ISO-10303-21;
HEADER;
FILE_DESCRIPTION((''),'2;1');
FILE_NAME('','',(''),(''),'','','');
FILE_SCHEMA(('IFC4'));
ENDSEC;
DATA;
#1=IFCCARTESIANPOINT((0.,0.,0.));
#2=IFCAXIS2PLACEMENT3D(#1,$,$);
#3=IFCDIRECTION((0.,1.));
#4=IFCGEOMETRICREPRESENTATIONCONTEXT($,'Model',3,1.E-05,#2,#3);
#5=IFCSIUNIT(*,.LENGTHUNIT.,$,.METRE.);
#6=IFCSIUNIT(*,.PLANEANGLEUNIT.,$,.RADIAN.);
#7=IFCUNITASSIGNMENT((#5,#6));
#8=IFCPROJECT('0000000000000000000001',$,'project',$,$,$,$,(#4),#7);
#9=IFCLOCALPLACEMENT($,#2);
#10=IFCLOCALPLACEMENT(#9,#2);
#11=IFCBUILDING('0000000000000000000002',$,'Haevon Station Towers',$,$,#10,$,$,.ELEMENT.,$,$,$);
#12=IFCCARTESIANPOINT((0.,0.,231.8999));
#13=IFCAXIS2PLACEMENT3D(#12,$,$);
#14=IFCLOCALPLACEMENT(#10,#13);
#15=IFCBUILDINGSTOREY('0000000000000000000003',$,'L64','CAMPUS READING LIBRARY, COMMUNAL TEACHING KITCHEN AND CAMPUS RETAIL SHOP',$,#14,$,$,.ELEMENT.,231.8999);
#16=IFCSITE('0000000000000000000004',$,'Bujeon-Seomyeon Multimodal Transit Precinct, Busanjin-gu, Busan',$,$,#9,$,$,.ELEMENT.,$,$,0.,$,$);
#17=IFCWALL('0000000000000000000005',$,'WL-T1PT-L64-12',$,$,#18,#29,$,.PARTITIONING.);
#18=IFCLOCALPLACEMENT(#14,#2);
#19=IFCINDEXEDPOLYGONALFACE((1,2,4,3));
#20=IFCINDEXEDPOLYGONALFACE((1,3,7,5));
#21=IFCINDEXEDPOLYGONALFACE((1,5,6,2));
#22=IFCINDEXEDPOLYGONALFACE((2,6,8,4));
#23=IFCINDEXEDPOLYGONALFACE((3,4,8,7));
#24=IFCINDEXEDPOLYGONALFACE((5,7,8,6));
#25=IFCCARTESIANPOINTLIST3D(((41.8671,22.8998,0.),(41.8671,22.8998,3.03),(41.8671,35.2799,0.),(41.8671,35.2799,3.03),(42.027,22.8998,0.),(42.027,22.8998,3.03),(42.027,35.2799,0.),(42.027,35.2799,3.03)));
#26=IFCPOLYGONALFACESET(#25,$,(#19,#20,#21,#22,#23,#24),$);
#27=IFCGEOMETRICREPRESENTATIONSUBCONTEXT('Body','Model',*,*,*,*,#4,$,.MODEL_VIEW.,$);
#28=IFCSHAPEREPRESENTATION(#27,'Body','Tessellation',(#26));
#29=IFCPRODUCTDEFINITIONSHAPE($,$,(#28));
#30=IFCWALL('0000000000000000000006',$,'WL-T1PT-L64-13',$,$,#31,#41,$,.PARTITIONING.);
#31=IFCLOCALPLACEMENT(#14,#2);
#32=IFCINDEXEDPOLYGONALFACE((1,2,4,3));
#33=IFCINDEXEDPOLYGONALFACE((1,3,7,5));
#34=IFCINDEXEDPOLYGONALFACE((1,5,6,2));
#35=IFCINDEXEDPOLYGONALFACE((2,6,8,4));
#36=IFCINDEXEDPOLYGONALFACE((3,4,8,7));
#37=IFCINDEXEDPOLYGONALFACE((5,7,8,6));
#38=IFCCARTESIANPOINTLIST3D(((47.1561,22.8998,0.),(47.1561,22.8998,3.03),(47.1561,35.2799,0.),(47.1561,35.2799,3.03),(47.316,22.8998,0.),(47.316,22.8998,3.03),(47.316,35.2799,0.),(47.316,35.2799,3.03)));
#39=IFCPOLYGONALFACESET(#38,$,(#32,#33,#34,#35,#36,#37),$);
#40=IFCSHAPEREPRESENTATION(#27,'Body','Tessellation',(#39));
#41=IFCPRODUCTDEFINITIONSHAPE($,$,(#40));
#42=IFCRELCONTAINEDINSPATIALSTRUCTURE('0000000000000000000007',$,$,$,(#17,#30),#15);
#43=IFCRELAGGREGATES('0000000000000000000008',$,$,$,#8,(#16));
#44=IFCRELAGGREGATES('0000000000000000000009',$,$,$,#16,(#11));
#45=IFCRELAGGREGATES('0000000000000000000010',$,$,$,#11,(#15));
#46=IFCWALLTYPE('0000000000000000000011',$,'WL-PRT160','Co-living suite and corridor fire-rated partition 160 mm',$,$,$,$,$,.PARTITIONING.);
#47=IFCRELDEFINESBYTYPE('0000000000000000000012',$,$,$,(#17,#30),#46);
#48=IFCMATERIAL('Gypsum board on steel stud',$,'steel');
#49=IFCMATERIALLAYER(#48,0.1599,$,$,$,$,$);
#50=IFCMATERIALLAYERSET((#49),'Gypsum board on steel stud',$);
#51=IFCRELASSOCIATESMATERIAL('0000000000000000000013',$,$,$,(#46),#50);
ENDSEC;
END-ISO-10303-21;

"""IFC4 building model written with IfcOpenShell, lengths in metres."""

from ifc_helpers import new_model, si_unit, direction, frame, frame_2d, origin, place, context, subcontext, project, spatial, rectangle, extrude, material, layer, layer_set, type_object, element, save


model = new_model("IFC4")

# Units and contexts
model_context = context("Model", 3, precision=1e-05, world=origin(), true_north=direction((0.0, 1.0)))
body_context = subcontext(model_context, "Body", "Model", "MODEL_VIEW")
ifc_project = project(units=[si_unit("LENGTHUNIT", "METRE"), si_unit("PLANEANGLEUNIT", "RADIAN")], contexts=[model_context])

# Site, building, storey
site_placement = place(None, origin())
site = spatial("IfcSite", under=ifc_project, at=site_placement, Name="Bujeon-Seomyeon Multimodal Transit Precinct, Busanjin-gu, Busan", CompositionType="ELEMENT", RefElevation=0.0)
building_placement = place(site_placement, origin())
building = spatial("IfcBuilding", under=site, at=building_placement, Name="Haevon Station Towers", CompositionType="ELEMENT")
storey_placement = place(building_placement, frame((0.0, 0.0, 231.8999)))
storey = spatial("IfcBuildingStorey", under=building, at=storey_placement, Name="L64", Description="CAMPUS READING LIBRARY, COMMUNAL TEACHING KITCHEN AND CAMPUS RETAIL SHOP", CompositionType="ELEMENT", Elevation=231.8999)

# Walls
ifc_material_1 = material(Name="Gypsum board on steel stud", Category="steel")
ifc_layer_1 = layer(ifc_material_1, 0.1599)
ifc_layer_set_1 = layer_set([ifc_layer_1], Name="Gypsum board on steel stud")
wall_type_1 = type_object("IfcWallType", Name="WL-PRT160", Description="Co-living suite and corridor fire-rated partition 160 mm", PredefinedType="PARTITIONING", material=ifc_layer_set_1)
for number, where, z_axis, x_axis, name in (
    (1, (41.947, 22.8999, 0.0), (0.0, 0.0, 1.0), (0.0, 1.0, 0.0), "WL-T1PT-L64-12"),
    (2, (47.2361, 22.8999, 0.0), (0.0, 0.0, 1.0), (0.0, 1.0, 0.0), "WL-T1PT-L64-13"),
):
    element("IfcWall", number, at=place(storey_placement, frame(where, z_axis=z_axis, x_axis=x_axis)), inside=storey, type_object=wall_type_1, Name=name, PredefinedType="PARTITIONING", context=body_context, shape_type="SweptSolid", body=[
        extrude(rectangle(XDim=12.3801, YDim=0.1599, at=frame_2d((6.1899, 0.0))), origin(), (0.0, 0.0, 1.0), 3.03),
    ])

save(model, "model.ifc")
